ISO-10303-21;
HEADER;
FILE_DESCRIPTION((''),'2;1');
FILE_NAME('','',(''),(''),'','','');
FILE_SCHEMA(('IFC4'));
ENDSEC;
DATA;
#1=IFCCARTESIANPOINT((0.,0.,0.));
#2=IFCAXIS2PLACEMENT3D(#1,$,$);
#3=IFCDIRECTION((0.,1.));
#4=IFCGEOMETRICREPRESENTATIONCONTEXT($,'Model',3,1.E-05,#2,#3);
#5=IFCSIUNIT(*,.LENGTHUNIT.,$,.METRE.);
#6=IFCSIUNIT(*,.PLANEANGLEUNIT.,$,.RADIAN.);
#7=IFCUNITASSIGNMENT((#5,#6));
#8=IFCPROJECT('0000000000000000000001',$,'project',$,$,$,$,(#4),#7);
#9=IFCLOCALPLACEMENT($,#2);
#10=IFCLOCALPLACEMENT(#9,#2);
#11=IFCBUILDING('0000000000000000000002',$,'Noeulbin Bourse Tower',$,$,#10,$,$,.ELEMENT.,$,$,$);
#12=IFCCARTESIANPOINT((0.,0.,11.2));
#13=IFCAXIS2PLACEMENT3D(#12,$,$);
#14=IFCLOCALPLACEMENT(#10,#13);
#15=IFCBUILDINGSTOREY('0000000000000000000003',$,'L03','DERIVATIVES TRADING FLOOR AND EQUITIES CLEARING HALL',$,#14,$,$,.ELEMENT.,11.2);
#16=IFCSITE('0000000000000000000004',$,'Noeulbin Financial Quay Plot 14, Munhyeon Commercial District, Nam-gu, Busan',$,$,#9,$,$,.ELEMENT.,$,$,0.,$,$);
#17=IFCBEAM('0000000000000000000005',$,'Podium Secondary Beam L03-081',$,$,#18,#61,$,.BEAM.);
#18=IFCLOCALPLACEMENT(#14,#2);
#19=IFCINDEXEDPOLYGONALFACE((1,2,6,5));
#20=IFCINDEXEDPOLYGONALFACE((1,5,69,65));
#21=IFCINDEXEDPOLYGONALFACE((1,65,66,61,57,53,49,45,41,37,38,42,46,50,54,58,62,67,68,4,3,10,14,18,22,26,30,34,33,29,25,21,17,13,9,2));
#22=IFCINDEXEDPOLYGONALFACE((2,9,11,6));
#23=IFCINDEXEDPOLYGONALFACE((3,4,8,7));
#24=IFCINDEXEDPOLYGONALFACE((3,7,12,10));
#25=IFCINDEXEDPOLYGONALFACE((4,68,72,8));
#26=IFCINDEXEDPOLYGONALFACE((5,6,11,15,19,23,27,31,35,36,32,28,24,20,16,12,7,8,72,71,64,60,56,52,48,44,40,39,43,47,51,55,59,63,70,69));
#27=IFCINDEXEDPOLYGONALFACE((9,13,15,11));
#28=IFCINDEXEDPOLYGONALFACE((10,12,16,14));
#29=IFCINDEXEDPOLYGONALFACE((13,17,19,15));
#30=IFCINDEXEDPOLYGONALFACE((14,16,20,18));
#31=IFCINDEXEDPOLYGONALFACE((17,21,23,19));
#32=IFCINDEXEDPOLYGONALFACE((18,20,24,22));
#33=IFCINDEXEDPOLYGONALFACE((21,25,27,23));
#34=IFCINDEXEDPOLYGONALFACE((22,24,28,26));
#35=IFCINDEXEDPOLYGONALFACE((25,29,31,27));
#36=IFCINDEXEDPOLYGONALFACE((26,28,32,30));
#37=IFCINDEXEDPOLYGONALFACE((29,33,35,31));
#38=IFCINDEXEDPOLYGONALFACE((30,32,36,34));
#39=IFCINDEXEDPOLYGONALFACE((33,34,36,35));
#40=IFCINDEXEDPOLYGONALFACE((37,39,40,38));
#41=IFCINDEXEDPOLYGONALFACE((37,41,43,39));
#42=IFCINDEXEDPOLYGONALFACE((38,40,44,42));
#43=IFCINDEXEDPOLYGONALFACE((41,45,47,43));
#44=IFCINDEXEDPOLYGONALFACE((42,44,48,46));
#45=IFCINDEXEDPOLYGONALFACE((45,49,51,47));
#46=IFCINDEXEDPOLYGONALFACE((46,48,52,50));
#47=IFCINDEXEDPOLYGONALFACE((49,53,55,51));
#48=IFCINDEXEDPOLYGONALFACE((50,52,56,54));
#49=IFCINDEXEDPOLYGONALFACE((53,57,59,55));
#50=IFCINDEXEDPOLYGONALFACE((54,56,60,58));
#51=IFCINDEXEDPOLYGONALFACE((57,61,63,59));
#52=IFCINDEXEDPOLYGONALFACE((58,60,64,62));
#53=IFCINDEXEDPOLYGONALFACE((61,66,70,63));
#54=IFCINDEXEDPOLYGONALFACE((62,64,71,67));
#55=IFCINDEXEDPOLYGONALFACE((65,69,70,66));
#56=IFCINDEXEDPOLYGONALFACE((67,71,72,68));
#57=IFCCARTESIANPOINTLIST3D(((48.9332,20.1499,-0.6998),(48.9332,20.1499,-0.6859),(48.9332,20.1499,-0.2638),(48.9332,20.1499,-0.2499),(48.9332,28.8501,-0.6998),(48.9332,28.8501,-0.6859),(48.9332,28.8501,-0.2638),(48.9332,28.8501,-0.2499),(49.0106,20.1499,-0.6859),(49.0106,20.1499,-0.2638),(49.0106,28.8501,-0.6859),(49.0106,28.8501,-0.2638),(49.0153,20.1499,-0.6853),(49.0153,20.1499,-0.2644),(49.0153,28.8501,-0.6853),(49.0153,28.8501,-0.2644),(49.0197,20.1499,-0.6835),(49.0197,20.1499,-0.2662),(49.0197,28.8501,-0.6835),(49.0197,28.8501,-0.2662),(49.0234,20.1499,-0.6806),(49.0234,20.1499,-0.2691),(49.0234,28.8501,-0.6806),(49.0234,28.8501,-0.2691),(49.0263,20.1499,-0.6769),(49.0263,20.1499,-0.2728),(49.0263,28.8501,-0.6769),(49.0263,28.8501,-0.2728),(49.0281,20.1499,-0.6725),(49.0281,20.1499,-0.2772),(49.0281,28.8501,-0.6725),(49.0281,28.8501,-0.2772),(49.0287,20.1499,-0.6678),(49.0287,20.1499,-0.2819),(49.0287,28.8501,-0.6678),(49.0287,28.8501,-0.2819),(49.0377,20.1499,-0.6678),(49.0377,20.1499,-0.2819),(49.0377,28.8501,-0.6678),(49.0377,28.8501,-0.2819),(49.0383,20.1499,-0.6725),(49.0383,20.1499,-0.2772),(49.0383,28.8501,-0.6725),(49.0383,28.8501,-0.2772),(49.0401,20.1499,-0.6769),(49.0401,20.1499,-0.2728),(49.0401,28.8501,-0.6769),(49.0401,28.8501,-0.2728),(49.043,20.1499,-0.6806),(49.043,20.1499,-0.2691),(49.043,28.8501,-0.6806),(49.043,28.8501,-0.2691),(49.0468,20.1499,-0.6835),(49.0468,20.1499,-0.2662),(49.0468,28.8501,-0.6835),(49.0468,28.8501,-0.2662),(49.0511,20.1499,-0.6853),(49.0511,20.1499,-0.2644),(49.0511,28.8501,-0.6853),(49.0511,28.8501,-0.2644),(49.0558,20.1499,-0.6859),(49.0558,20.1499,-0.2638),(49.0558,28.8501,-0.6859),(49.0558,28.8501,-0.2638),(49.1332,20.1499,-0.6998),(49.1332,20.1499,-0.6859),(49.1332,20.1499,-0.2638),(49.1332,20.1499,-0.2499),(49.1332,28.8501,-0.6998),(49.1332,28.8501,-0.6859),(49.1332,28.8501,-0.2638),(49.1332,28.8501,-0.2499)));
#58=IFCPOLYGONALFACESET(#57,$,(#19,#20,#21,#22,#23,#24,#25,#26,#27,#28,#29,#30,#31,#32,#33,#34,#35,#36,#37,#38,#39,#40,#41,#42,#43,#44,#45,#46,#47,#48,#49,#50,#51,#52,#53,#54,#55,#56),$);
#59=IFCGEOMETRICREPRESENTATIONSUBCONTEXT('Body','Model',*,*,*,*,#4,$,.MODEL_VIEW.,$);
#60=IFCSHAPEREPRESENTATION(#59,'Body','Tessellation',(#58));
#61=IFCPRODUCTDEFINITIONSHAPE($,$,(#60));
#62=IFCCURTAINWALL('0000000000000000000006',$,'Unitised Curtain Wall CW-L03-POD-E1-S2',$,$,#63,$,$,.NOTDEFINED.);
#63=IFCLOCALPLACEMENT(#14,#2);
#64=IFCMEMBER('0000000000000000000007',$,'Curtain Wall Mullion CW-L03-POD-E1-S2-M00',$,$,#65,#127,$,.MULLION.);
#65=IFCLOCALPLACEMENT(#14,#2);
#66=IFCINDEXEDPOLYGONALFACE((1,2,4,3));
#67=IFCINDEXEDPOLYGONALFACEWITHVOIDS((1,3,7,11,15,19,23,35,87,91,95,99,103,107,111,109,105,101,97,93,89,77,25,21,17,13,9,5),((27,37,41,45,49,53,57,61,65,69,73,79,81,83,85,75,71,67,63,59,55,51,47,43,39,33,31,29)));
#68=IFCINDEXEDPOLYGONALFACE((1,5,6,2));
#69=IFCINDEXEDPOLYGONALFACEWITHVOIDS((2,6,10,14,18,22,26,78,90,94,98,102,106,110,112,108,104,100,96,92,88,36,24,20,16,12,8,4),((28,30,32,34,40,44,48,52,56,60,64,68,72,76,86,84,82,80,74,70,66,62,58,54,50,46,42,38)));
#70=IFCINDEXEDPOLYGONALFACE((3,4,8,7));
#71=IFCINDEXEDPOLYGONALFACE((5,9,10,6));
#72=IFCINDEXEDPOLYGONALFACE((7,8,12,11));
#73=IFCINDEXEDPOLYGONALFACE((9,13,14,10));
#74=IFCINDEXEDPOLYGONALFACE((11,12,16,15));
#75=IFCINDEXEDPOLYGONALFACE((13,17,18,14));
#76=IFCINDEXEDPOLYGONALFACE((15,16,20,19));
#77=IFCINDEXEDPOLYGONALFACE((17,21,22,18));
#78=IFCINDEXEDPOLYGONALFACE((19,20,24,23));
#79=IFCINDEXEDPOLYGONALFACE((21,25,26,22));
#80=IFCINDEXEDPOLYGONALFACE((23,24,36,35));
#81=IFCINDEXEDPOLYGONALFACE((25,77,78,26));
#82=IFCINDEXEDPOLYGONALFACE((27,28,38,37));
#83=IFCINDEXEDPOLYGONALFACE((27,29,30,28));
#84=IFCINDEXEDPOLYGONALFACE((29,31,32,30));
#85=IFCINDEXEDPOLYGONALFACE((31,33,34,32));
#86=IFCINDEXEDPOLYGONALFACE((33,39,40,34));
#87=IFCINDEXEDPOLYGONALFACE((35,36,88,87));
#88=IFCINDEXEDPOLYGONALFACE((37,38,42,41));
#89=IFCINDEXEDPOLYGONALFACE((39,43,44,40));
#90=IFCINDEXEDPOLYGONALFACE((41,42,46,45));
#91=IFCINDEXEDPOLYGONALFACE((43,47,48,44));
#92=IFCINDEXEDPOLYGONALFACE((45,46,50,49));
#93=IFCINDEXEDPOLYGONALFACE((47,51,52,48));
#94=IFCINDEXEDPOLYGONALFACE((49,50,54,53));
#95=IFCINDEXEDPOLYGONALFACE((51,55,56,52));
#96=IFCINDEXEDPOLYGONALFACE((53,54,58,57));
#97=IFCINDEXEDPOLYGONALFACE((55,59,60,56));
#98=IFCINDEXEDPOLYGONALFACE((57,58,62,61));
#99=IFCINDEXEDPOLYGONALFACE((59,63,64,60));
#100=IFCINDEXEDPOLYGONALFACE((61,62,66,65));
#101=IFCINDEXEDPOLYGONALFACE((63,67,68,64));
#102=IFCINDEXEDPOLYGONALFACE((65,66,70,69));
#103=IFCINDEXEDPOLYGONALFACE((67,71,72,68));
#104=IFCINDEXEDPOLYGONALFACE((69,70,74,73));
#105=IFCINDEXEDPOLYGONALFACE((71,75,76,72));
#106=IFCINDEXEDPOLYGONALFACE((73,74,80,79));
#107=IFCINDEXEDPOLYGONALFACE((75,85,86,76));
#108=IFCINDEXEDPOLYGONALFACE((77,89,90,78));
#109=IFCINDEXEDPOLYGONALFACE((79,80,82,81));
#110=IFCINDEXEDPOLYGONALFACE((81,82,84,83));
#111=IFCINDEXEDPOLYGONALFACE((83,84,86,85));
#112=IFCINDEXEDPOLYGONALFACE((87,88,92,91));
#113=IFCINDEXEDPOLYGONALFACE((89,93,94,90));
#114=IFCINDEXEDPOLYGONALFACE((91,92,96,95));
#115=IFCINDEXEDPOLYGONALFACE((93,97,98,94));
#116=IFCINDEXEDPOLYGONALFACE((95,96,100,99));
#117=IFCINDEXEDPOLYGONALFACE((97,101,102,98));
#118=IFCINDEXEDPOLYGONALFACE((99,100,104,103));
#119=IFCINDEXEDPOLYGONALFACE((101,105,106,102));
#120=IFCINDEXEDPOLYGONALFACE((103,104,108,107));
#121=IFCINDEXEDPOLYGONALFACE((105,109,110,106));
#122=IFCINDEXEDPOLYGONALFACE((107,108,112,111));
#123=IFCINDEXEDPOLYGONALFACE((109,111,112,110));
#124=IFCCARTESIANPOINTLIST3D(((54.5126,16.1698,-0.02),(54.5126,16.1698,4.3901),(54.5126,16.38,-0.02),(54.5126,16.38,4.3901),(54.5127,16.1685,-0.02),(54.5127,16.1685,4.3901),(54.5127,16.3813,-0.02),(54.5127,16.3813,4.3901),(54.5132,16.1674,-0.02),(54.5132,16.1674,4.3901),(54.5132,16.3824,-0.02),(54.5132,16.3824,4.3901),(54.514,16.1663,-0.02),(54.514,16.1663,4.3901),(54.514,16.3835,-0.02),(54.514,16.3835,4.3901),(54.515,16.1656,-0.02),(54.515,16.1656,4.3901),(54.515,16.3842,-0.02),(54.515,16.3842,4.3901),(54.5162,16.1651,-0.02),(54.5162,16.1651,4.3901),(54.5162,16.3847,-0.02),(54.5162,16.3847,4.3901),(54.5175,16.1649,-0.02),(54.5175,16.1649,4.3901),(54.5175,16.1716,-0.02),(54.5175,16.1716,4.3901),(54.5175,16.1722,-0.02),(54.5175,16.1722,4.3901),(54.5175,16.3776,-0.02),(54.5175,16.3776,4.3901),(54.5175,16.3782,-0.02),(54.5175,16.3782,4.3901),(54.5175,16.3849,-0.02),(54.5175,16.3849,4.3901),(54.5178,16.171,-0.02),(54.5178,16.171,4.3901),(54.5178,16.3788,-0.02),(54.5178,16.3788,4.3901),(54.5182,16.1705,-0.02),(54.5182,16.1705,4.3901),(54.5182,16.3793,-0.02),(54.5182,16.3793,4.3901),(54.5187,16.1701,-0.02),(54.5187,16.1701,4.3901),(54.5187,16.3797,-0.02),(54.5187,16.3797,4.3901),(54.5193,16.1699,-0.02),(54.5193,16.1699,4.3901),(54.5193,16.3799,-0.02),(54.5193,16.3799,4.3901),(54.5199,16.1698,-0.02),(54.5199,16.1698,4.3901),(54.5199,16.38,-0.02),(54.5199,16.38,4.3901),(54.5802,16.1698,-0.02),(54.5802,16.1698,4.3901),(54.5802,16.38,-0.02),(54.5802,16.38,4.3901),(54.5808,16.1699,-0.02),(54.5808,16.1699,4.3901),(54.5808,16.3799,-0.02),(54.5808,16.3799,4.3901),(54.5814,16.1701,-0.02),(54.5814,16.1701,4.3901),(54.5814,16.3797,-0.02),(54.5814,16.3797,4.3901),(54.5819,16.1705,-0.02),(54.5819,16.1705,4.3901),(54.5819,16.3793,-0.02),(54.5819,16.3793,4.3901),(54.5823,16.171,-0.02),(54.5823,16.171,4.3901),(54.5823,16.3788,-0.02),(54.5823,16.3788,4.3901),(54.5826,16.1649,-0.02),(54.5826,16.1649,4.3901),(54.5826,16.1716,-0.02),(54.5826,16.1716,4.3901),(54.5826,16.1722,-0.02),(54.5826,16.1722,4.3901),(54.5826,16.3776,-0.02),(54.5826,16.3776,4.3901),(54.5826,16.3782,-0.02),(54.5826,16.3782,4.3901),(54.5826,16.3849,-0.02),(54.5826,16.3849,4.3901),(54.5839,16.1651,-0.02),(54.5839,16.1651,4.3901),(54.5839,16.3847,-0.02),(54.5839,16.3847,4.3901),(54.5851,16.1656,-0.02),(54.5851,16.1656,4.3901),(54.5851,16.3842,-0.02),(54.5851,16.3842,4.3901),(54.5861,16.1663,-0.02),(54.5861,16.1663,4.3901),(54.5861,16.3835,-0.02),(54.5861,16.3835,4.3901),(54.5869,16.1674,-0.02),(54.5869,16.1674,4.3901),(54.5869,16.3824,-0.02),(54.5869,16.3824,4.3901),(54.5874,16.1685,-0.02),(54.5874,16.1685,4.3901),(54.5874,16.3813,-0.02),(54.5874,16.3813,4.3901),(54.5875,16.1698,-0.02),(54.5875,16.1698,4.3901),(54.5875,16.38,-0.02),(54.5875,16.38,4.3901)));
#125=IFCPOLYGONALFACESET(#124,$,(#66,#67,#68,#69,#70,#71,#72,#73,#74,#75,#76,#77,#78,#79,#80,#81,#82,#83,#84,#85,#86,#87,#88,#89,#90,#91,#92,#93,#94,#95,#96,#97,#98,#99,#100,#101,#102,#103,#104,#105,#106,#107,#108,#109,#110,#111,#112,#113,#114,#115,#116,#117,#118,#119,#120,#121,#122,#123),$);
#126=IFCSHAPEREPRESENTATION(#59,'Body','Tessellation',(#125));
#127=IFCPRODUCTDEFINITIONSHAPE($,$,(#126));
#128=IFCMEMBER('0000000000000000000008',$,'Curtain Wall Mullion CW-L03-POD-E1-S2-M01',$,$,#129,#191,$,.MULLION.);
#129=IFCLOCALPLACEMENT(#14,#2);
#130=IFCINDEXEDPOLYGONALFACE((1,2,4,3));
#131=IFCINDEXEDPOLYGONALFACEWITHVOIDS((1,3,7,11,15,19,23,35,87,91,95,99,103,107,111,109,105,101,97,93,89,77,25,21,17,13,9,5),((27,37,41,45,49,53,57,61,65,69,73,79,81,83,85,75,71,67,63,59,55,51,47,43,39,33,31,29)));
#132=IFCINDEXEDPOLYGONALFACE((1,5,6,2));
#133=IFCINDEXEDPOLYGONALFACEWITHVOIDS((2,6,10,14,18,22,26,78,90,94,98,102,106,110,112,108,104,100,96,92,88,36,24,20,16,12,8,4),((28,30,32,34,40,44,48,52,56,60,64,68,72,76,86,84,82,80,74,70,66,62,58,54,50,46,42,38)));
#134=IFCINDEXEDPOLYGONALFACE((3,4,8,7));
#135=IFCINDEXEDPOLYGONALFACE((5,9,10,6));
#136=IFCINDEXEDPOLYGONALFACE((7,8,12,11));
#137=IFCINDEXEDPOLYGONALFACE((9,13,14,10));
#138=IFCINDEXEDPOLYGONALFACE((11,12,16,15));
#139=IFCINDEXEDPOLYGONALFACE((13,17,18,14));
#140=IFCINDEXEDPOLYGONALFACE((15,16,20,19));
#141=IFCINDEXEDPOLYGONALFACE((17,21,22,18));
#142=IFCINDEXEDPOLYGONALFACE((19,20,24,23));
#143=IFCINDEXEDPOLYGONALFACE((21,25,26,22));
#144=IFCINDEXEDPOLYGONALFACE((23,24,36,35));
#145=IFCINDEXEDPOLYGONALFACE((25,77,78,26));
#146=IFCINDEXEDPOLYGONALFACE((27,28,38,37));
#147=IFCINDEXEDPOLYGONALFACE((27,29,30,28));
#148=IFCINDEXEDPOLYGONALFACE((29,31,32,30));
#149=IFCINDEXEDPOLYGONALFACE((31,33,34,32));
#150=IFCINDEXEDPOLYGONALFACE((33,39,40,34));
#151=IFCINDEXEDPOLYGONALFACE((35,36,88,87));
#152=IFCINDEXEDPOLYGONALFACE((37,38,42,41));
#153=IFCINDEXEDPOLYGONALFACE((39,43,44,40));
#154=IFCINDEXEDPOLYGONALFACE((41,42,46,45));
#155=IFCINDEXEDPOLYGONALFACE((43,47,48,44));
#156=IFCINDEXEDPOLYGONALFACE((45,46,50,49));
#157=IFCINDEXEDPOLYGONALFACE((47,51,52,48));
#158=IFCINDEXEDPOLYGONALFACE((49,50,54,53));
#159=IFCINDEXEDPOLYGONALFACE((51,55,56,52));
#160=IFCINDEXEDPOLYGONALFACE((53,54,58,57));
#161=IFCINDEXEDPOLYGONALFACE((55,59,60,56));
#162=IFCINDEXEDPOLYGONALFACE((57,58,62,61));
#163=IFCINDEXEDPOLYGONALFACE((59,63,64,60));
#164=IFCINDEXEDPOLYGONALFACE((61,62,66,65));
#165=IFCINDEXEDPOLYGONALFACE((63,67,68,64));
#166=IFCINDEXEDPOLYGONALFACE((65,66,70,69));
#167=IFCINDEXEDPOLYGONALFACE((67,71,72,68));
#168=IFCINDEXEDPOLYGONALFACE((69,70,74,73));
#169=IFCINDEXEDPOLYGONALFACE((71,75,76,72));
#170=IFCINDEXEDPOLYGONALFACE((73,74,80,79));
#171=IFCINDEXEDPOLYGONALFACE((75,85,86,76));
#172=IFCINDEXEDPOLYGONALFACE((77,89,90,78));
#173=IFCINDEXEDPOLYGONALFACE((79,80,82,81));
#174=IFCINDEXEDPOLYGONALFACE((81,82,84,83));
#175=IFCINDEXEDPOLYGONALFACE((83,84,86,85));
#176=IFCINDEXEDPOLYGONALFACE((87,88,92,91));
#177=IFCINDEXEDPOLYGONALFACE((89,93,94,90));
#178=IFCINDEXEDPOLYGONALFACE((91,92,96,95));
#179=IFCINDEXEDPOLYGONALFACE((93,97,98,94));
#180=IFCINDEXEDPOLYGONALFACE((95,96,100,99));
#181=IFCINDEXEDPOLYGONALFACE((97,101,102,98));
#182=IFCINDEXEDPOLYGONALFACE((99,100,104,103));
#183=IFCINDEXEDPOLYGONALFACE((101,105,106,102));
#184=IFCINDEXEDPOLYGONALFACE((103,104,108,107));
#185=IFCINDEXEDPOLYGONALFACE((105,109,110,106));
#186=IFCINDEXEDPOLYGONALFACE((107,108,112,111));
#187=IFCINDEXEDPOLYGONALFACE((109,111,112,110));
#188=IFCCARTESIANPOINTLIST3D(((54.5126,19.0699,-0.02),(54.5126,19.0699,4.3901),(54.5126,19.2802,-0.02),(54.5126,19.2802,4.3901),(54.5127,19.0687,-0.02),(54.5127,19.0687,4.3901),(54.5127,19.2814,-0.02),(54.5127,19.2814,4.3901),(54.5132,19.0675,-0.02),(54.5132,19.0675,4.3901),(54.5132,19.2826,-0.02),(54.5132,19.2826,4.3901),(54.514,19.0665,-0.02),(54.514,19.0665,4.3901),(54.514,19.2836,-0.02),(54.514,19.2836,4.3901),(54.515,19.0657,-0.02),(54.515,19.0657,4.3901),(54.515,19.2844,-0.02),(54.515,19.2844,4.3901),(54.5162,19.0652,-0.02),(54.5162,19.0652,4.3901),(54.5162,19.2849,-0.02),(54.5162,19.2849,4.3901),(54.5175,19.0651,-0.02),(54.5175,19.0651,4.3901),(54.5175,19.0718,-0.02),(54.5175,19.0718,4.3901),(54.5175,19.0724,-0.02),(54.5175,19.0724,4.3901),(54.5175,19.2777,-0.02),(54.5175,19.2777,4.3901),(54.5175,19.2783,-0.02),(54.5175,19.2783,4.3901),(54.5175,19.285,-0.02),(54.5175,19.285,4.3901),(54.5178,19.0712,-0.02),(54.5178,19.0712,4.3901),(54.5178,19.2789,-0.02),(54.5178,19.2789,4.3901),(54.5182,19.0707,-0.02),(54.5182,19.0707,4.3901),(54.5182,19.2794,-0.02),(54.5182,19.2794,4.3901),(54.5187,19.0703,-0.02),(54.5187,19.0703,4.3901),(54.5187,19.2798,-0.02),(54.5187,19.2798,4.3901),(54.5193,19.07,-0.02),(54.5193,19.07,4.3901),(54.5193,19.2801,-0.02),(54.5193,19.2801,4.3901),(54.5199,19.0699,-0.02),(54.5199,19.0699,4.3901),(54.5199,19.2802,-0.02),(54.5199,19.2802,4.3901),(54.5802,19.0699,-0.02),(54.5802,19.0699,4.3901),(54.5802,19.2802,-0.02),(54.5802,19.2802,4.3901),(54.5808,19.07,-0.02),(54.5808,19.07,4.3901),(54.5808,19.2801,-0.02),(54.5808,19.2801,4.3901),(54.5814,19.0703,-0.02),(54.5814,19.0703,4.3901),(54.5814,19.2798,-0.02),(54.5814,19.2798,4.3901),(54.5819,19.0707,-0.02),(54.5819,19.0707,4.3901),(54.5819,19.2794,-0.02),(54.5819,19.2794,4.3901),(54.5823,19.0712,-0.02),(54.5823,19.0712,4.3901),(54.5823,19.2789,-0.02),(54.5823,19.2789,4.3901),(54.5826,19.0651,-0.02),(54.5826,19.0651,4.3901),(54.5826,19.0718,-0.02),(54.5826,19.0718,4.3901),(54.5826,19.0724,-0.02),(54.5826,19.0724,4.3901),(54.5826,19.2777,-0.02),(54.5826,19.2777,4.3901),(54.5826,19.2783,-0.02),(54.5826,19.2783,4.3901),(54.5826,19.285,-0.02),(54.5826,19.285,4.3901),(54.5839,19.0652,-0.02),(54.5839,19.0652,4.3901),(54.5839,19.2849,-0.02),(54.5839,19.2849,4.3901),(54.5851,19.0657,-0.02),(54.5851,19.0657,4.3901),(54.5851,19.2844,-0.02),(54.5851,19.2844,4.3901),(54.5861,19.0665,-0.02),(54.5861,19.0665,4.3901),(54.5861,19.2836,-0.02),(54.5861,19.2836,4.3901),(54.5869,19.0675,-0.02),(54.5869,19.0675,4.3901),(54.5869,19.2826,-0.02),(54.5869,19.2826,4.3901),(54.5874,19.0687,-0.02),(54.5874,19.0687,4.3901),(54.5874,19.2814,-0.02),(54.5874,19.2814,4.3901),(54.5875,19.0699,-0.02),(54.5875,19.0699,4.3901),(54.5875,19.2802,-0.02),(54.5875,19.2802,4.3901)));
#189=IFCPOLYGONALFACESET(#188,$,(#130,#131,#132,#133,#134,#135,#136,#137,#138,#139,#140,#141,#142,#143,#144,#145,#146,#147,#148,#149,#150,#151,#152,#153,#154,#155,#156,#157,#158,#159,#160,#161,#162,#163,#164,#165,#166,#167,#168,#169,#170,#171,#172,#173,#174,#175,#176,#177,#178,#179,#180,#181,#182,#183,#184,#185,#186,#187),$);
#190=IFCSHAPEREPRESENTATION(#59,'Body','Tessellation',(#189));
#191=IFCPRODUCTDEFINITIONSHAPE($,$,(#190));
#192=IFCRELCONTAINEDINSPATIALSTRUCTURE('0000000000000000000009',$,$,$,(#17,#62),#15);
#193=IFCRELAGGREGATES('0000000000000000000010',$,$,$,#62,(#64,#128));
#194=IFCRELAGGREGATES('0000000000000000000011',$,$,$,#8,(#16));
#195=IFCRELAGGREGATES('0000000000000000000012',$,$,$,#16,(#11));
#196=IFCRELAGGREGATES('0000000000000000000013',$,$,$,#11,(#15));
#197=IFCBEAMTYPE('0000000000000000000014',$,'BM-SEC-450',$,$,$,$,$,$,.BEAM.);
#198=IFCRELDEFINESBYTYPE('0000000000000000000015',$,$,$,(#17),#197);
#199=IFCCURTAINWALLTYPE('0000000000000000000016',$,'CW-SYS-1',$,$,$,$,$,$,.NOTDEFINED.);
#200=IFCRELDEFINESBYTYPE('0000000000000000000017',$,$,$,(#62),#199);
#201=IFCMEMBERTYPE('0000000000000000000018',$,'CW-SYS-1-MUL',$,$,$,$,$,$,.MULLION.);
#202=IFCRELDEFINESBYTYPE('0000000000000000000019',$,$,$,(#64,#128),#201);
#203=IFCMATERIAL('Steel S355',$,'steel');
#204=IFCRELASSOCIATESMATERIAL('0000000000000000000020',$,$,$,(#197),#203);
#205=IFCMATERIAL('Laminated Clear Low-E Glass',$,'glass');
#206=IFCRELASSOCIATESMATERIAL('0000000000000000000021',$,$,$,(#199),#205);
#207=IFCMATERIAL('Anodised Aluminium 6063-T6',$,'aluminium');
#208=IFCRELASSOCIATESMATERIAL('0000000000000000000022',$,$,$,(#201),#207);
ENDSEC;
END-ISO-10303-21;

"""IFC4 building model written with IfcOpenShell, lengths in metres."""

from ifc_helpers import new_model, si_unit, direction, frame, origin, origin_2d, place, context, subcontext, project, spatial, hollow_rectangle, i_section, extrude, material, material_profile, profile_set, type_object, element, aggregate, save


model = new_model("IFC4")

# Units and contexts
model_context = context("Model", 3, precision=1e-05, world=origin(), true_north=direction((0.0, 1.0)))
body_context = subcontext(model_context, "Body", "Model", "MODEL_VIEW")
ifc_project = project(units=[si_unit("LENGTHUNIT", "METRE"), si_unit("PLANEANGLEUNIT", "RADIAN")], contexts=[model_context])

# Site, building, storey
site_placement = place(None, origin())
site = spatial("IfcSite", under=ifc_project, at=site_placement, Name="Noeulbin Financial Quay Plot 14, Munhyeon Commercial District, Nam-gu, Busan", CompositionType="ELEMENT", RefElevation=0.0)
building_placement = place(site_placement, origin())
building = spatial("IfcBuilding", under=site, at=building_placement, Name="Noeulbin Bourse Tower", CompositionType="ELEMENT")
storey_placement = place(building_placement, frame((0.0, 0.0, 11.2)))
storey = spatial("IfcBuildingStorey", under=building, at=storey_placement, Name="L03", Description="DERIVATIVES TRADING FLOOR AND EQUITIES CLEARING HALL", CompositionType="ELEMENT", Elevation=11.2)

# Beam
ifc_material_1 = material(Name="Steel S355", Category="steel")
ifc_material_profile_1 = material_profile(ifc_material_1, i_section(OverallWidth=0.2, OverallDepth=0.45, WebThickness=0.009, FlangeThickness=0.0139, FilletRadius=0.0181, at=origin_2d()), Name="H-450x200x9x14", Category="LoadBearing")
ifc_profile_set_1 = profile_set([ifc_material_profile_1], Name="Steel S355")
beam_type_1 = type_object("IfcBeamType", Name="BM-SEC-450", PredefinedType="BEAM", material=ifc_profile_set_1)
beam_1_placement = place(storey_placement, frame((49.0332, 20.1499, -0.4749), z_axis=(0.0, 1.0, 0.0), x_axis=(-1.0, 0.0, 0.0)))
element("IfcBeam", 1, at=beam_1_placement, inside=storey, type_object=beam_type_1, Name="Podium Secondary Beam L03-081", PredefinedType="BEAM", context=body_context, shape_type="SweptSolid", body=[
    extrude(i_section(OverallWidth=0.2, OverallDepth=0.45, WebThickness=0.009, FlangeThickness=0.0139, FilletRadius=0.0181, at=origin_2d()), origin(), (0.0, 0.0, 1.0), 8.7002),
])

# Curtain wall, members
ifc_material_2 = material(Name="Laminated Clear Low-E Glass", Category="glass")
curtain_wall_type_1 = type_object("IfcCurtainWallType", Name="CW-SYS-1", PredefinedType="NOTDEFINED", material=ifc_material_2)
curtain_wall_1_placement = place(storey_placement, origin())
curtain_wall_1 = element("IfcCurtainWall", 2, at=curtain_wall_1_placement, inside=storey, type_object=curtain_wall_type_1, Name="Unitised Curtain Wall CW-L03-POD-E1-S2", PredefinedType="NOTDEFINED")
ifc_material_3 = material(Name="Anodised Aluminium 6063-T6", Category="aluminium")
ifc_material_profile_2 = material_profile(ifc_material_3, hollow_rectangle(XDim=0.075, YDim=0.22, WallThickness=0.0049, InnerFilletRadius=0.0024, OuterFilletRadius=0.0049, at=origin_2d()), Name="ALU-MULL-75x220x5", Category="LoadBearing")
ifc_profile_set_2 = profile_set([ifc_material_profile_2], Name="Anodised Aluminium 6063-T6")
member_type_1 = type_object("IfcMemberType", Name="CW-SYS-1-MUL", PredefinedType="MULLION", material=ifc_profile_set_2)
member_1_placement = place(storey_placement, frame((54.55, 16.2749, -0.02), z_axis=(0.0, 0.0, 1.0), x_axis=(1.0, 0.0, 0.0)))
member_1 = element("IfcMember", 3, at=member_1_placement, type_object=member_type_1, Name="Curtain Wall Mullion CW-L03-POD-E1-S2-M00", PredefinedType="MULLION", context=body_context, shape_type="SweptSolid", body=[
    extrude(hollow_rectangle(XDim=0.075, YDim=0.22, WallThickness=0.0049, InnerFilletRadius=0.0024, OuterFilletRadius=0.0049, at=origin_2d()), origin(), (0.0, 0.0, 1.0), 4.4102),
])
member_2_placement = place(storey_placement, frame((54.55, 19.175, -0.02), z_axis=(0.0, 0.0, 1.0), x_axis=(1.0, 0.0, 0.0)))
member_2 = element("IfcMember", 4, at=member_2_placement, type_object=member_type_1, Name="Curtain Wall Mullion CW-L03-POD-E1-S2-M01", PredefinedType="MULLION", context=body_context, shape_type="SweptSolid", body=[
    extrude(hollow_rectangle(XDim=0.075, YDim=0.22, WallThickness=0.0049, InnerFilletRadius=0.0024, OuterFilletRadius=0.0049, at=origin_2d()), origin(), (0.0, 0.0, 1.0), 4.4102),
])

aggregate(curtain_wall_1, [member_1, member_2])

save(model, "model.ifc")
